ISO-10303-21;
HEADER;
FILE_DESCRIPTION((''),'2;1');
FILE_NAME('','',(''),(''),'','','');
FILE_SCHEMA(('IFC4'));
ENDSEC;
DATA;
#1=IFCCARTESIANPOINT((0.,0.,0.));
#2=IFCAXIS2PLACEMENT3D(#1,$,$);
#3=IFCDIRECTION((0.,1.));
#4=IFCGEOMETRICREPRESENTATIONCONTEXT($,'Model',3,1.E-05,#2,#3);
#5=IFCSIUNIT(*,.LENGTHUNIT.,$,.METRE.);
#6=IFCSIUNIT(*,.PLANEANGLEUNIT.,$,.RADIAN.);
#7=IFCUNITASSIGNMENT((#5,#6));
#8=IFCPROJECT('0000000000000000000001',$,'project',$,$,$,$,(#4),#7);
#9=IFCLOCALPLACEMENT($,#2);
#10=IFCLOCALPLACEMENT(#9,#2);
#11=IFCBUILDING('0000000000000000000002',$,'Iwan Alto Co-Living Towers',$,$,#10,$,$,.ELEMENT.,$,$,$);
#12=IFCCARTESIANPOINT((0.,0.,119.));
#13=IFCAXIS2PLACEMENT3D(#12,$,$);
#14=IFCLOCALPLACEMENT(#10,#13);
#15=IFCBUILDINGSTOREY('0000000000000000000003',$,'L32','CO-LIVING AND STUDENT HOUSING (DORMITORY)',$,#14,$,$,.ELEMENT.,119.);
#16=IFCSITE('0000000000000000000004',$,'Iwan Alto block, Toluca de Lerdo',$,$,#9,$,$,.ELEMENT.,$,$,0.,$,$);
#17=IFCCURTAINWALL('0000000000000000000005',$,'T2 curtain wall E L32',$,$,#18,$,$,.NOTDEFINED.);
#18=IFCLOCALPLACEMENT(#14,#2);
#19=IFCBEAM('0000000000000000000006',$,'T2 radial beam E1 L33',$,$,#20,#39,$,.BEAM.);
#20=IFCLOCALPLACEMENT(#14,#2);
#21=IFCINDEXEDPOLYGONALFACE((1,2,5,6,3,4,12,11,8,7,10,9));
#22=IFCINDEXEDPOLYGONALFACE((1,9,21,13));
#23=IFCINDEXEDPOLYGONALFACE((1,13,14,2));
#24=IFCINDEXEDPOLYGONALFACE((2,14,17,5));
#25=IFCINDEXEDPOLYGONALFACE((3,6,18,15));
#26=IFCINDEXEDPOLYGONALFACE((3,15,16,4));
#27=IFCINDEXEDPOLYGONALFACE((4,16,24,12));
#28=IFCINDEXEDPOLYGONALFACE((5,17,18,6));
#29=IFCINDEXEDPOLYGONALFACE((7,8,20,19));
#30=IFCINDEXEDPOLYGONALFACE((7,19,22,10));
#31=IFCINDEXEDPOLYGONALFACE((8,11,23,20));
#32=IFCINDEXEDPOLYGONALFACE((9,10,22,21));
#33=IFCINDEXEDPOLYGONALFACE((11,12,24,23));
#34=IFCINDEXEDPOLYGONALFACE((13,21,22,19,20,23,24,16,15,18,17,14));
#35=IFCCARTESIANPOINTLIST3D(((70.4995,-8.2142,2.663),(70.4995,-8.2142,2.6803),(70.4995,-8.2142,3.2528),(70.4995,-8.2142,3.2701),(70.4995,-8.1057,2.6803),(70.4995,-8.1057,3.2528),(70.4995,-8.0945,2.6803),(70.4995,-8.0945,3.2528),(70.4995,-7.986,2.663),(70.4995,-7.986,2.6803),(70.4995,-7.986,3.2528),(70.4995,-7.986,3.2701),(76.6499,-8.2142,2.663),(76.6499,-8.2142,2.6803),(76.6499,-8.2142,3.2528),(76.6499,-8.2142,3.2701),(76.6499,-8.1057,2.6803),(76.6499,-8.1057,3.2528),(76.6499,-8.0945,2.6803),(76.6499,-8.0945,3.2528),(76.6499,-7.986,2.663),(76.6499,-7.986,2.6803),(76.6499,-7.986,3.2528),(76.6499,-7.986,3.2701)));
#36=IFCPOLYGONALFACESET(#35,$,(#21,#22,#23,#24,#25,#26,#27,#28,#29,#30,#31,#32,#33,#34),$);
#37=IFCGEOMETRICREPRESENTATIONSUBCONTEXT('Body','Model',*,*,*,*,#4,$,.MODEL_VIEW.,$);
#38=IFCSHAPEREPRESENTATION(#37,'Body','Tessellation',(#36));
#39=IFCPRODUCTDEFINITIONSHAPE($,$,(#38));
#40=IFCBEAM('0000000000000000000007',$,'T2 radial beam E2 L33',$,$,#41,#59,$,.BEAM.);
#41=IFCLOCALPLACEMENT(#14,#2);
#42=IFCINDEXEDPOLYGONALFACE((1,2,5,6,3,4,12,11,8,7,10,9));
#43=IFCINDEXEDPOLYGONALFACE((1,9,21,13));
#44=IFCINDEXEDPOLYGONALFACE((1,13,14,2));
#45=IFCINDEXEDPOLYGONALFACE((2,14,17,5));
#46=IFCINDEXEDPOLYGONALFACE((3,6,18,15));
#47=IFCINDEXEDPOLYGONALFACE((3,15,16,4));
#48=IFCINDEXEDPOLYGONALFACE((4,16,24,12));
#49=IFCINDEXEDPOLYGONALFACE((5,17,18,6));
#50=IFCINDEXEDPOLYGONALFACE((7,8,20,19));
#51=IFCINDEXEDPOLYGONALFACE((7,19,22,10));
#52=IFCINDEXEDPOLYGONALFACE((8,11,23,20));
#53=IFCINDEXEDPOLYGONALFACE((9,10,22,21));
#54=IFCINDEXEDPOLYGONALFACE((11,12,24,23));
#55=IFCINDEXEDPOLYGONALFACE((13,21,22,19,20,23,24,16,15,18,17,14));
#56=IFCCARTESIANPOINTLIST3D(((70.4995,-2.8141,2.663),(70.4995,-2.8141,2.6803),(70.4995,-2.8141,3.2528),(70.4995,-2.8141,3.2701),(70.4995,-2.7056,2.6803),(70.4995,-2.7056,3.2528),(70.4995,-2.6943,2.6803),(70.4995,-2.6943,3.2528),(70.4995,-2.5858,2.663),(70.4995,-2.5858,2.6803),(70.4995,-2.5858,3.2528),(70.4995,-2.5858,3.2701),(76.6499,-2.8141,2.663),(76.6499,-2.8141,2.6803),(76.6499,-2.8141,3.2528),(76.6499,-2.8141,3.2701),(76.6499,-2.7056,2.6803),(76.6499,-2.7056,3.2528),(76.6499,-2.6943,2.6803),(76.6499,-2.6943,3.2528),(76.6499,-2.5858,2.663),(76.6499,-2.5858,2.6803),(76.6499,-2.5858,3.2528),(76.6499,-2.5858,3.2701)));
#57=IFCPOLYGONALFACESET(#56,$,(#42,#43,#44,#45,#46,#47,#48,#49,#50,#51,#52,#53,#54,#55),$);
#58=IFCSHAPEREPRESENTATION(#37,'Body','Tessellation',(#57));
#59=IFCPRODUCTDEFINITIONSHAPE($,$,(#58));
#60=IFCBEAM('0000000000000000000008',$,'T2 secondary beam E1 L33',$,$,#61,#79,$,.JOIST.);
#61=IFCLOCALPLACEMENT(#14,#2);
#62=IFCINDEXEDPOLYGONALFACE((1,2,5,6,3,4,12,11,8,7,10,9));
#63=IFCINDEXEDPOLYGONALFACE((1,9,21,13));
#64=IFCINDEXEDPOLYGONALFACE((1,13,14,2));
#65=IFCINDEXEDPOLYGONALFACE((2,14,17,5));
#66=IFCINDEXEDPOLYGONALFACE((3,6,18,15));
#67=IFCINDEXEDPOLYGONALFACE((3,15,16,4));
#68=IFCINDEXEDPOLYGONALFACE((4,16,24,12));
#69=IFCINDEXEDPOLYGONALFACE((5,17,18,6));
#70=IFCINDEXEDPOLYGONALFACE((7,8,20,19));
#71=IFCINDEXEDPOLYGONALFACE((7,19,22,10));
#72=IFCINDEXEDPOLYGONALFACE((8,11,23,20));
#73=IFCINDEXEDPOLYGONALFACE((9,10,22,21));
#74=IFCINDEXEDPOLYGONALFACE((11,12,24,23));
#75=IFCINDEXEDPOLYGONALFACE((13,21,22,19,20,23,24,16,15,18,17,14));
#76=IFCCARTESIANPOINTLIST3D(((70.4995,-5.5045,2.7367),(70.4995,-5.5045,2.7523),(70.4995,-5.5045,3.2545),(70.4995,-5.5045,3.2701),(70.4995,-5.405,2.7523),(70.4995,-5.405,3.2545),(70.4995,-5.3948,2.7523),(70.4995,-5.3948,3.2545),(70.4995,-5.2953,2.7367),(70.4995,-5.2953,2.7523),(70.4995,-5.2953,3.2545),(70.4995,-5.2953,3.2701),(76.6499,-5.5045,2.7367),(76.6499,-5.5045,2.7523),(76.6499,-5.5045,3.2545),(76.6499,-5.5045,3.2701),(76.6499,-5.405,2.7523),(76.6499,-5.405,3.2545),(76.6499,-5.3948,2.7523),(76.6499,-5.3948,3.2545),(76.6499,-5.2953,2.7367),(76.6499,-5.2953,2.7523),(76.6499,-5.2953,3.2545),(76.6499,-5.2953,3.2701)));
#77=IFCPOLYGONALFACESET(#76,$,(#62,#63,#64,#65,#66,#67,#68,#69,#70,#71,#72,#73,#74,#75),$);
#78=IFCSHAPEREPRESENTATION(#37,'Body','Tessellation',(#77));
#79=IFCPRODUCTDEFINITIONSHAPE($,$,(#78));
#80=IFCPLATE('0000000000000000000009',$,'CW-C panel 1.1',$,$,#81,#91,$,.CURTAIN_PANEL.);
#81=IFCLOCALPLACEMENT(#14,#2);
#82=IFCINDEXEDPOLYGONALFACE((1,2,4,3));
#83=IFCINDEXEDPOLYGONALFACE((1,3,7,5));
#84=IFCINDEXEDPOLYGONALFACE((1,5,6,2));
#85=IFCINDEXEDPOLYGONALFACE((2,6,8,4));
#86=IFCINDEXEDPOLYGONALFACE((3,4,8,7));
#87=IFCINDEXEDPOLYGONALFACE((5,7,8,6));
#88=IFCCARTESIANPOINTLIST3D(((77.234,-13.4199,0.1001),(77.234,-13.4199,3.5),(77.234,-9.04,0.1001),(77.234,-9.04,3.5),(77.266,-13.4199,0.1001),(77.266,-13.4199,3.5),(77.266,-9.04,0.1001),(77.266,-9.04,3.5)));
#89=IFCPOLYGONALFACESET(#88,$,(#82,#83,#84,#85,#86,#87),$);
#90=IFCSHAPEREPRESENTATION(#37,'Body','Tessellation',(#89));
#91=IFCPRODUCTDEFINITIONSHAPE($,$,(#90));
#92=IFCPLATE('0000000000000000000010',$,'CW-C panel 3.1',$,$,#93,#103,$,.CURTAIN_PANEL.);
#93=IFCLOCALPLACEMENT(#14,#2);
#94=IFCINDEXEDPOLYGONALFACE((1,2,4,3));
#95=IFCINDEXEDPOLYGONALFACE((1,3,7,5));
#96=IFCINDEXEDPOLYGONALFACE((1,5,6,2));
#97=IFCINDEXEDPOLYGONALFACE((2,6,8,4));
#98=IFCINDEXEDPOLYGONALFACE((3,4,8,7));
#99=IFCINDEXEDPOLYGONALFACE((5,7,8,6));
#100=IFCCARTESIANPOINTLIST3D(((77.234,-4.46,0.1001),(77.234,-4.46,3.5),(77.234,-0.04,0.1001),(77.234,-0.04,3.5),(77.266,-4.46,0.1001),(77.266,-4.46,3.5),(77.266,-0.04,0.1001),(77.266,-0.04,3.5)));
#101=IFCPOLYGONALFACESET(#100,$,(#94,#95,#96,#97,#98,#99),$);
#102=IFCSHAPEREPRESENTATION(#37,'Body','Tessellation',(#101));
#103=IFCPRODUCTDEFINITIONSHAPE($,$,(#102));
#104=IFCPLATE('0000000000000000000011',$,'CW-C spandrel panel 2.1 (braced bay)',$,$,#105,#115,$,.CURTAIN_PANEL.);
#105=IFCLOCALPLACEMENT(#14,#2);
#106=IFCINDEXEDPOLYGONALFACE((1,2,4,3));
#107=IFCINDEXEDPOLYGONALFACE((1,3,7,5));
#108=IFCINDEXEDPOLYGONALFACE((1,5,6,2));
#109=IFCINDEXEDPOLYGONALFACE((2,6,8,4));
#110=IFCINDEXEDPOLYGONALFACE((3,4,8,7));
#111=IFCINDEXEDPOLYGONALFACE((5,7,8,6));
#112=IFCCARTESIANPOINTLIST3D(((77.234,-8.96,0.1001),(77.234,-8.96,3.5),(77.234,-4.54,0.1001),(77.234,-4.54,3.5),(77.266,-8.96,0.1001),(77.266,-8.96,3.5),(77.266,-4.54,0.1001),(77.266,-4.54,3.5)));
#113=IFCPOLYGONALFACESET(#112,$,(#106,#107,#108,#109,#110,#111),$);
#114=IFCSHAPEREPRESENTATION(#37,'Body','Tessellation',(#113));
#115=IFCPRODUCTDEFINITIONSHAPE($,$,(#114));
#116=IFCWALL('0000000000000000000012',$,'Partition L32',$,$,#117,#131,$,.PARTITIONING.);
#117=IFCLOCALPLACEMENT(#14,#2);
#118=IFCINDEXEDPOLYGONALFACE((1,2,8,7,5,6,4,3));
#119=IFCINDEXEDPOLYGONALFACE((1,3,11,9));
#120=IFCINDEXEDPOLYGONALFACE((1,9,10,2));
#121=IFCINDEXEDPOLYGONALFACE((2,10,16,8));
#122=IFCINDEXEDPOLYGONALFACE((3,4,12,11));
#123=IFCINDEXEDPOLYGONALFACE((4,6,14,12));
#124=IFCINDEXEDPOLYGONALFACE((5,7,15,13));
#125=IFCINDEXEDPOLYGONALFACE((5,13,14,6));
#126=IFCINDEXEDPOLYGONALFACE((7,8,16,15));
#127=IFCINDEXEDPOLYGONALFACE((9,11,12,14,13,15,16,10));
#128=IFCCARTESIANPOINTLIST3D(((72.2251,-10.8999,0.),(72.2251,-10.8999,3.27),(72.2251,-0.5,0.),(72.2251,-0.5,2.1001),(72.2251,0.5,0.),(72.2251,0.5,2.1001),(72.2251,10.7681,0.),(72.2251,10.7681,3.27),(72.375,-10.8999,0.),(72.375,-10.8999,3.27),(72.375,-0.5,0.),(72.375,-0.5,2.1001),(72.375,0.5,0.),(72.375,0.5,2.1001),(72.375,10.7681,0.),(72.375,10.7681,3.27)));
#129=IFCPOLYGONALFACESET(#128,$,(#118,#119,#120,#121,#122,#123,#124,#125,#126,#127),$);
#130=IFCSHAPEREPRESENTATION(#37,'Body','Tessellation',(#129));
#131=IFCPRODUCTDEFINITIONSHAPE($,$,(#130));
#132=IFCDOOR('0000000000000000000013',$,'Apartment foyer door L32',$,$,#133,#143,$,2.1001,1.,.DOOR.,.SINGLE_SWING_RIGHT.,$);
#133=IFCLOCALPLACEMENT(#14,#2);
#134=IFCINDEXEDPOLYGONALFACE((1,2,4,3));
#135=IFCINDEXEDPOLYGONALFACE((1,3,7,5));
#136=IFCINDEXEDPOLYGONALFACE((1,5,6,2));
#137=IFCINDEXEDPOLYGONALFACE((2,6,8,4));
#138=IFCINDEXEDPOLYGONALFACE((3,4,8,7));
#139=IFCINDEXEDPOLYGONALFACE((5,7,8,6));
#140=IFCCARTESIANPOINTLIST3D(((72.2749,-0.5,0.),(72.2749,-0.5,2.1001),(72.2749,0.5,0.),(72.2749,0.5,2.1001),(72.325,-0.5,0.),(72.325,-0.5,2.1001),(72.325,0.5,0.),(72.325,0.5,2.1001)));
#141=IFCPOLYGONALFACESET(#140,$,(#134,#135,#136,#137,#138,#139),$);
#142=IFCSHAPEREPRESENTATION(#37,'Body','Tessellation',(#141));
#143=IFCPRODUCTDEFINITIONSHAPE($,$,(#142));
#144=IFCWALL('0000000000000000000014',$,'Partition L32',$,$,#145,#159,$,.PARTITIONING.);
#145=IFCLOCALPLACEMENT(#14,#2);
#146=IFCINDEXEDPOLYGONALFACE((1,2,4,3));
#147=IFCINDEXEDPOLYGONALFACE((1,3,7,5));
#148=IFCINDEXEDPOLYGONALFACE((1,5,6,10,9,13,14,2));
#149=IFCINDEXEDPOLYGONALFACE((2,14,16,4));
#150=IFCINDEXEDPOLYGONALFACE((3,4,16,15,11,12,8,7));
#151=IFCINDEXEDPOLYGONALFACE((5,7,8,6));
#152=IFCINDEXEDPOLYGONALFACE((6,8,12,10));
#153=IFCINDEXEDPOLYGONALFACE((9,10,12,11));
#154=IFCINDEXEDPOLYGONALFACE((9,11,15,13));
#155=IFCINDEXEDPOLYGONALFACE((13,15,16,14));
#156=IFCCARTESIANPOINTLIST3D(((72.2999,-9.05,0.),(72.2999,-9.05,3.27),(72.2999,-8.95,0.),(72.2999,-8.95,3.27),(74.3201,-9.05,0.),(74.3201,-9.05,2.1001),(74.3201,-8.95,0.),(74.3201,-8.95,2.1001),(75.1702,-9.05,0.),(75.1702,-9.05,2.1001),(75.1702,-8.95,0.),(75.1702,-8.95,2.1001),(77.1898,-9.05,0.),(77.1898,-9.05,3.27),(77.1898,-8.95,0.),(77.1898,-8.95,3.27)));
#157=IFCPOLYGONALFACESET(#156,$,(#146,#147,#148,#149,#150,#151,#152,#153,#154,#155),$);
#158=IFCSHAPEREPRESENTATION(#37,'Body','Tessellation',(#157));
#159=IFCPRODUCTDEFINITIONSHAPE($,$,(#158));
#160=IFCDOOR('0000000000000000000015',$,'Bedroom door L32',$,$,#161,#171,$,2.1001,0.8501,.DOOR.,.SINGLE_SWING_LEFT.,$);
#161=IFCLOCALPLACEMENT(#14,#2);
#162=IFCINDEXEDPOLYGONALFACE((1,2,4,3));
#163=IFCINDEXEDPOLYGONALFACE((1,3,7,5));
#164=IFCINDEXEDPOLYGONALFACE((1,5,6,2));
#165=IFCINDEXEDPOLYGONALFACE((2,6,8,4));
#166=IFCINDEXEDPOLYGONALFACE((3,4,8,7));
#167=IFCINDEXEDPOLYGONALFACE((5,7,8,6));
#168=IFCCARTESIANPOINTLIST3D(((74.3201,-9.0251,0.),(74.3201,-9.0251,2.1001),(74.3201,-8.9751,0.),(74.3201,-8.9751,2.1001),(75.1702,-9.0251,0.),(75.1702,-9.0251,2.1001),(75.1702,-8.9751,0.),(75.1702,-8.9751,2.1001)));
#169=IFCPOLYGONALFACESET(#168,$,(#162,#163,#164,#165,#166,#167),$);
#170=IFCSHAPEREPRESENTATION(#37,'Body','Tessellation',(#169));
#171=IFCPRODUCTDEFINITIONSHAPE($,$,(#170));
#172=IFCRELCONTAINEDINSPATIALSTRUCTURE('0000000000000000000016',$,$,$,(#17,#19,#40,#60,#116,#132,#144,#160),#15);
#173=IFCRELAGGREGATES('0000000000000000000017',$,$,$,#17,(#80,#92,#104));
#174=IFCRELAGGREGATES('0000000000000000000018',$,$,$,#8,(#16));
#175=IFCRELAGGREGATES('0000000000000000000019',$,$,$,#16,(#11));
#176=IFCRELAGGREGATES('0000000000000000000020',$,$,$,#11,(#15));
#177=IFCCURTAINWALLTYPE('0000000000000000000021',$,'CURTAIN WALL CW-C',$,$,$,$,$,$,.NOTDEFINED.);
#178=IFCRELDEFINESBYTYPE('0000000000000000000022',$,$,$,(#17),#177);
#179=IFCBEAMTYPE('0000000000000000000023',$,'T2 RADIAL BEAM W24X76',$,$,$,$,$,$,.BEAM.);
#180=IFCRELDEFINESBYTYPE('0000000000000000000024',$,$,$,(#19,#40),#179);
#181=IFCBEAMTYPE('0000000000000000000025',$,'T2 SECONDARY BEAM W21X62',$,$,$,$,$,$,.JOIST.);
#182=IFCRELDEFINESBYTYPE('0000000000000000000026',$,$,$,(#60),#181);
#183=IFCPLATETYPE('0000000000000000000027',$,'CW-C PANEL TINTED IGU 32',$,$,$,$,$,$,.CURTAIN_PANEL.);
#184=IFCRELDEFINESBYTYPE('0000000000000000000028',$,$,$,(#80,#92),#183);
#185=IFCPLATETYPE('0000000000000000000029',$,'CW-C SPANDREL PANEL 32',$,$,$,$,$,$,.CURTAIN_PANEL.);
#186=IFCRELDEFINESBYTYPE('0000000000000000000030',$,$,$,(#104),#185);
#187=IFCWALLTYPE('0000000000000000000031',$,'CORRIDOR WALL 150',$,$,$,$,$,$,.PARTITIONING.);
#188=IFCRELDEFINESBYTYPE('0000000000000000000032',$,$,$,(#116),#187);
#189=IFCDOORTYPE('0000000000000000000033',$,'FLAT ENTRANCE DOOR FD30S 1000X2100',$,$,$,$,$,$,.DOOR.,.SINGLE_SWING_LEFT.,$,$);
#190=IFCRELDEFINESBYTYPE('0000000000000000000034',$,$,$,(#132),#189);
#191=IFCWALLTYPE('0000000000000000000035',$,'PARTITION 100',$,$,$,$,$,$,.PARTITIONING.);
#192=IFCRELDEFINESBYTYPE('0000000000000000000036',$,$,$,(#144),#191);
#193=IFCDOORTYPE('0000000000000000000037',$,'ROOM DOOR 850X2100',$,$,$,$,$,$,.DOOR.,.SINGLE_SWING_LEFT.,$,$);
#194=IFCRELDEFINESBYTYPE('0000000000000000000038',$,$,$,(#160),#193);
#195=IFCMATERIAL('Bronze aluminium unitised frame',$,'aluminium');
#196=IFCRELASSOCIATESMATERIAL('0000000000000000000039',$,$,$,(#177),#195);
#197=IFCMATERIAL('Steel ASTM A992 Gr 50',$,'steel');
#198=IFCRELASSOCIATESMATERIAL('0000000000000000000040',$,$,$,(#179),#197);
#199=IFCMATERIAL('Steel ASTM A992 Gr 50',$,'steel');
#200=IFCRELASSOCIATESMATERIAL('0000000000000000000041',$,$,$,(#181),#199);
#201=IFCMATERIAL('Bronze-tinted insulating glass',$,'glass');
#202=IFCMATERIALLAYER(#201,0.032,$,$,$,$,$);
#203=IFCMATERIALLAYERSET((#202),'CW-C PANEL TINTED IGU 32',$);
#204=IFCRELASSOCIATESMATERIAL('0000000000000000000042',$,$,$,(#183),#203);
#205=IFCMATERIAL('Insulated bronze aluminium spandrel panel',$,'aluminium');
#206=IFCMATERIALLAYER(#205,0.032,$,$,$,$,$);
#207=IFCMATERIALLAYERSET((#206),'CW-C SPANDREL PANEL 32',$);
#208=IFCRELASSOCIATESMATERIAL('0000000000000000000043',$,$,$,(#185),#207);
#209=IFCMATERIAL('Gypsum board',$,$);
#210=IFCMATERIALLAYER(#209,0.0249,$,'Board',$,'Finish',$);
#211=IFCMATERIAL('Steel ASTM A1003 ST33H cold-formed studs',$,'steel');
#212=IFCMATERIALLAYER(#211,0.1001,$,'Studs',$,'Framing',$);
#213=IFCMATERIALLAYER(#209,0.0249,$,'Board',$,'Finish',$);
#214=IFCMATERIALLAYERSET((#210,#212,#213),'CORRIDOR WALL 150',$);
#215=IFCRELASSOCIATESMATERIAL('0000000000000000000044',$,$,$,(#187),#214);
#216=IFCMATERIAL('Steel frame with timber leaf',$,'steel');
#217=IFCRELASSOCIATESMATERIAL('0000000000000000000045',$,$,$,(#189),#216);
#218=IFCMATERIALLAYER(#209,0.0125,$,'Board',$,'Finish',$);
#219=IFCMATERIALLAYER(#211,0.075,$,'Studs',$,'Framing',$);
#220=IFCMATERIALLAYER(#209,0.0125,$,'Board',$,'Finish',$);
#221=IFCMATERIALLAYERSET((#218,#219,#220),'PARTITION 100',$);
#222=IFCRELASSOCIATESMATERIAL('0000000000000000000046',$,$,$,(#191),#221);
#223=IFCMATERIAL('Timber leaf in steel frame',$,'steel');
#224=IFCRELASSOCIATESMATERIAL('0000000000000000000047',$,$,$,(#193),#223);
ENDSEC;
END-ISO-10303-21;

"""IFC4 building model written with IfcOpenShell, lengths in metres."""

from ifc_helpers import new_model, si_unit, direction, frame, frame_2d, origin, origin_2d, place, context, subcontext, project, spatial, rectangle, i_section, extrude, material, layer, layer_set, material_profile, profile_set, type_object, element, fill, aggregate, save


model = new_model("IFC4")

# Units and contexts
model_context = context("Model", 3, precision=1e-05, world=origin(), true_north=direction((0.0, 1.0)))
body_context = subcontext(model_context, "Body", "Model", "MODEL_VIEW")
ifc_project = project(units=[si_unit("LENGTHUNIT", "METRE"), si_unit("PLANEANGLEUNIT", "RADIAN")], contexts=[model_context])

# Site, building, storey
site_placement = place(None, origin())
site = spatial("IfcSite", under=ifc_project, at=site_placement, Name="Iwan Alto block, Toluca de Lerdo", CompositionType="ELEMENT", RefElevation=0.0)
building_placement = place(site_placement, origin())
building = spatial("IfcBuilding", under=site, at=building_placement, Name="Iwan Alto Co-Living Towers", CompositionType="ELEMENT")
storey_placement = place(building_placement, frame((0.0, 0.0, 119.0)))
storey = spatial("IfcBuildingStorey", under=building, at=storey_placement, Name="L32", Description="CO-LIVING AND STUDENT HOUSING (DORMITORY)", CompositionType="ELEMENT", Elevation=119.0)

# Curtain wall
ifc_material_1 = material(Name="Bronze aluminium unitised frame", Category="aluminium")
curtain_wall_type = type_object("IfcCurtainWallType", Name="CURTAIN WALL CW-C", PredefinedType="NOTDEFINED", material=ifc_material_1)
curtain_wall_placement = place(storey_placement, origin())
curtain_wall = element("IfcCurtainWall", 1, at=curtain_wall_placement, inside=storey, type_object=curtain_wall_type, Name="T2 curtain wall E L32", PredefinedType="NOTDEFINED")

# Beams
ifc_material_2 = material(Name="Steel ASTM A992 Gr 50", Category="steel")
ifc_material_profile_1 = material_profile(ifc_material_2, i_section(OverallWidth=0.2283, OverallDepth=0.6072, WebThickness=0.0112, FlangeThickness=0.0173, at=origin_2d()), Name="W24X76")
ifc_profile_set_1 = profile_set([ifc_material_profile_1], Name="Steel ASTM A992 Gr 50")
beam_type_1 = type_object("IfcBeamType", Name="T2 RADIAL BEAM W24X76", PredefinedType="BEAM", material=ifc_profile_set_1)
for number, where, z_axis, x_axis, name in (
    (2, (76.6499, -8.1001, 2.9666), (-1.0, 0.0, 0.0), (0.0, -1.0, 0.0), "T2 radial beam E1 L33"),
    (3, (76.6499, -2.7, 2.9666), (-1.0, 0.0, 0.0), (0.0, -1.0, 0.0), "T2 radial beam E2 L33"),
):
    element("IfcBeam", number, at=place(storey_placement, frame(where, z_axis=z_axis, x_axis=x_axis)), inside=storey, type_object=beam_type_1, Name=name, PredefinedType="BEAM", context=body_context, shape_type="SweptSolid", body=[
        extrude(i_section(OverallWidth=0.2283, OverallDepth=0.6072, WebThickness=0.0112, FlangeThickness=0.0173, at=origin_2d()), origin(), (0.0, 0.0, 1.0), 6.1504),
    ])
ifc_material_3 = material(Name="Steel ASTM A992 Gr 50", Category="steel")
ifc_material_profile_2 = material_profile(ifc_material_3, i_section(OverallWidth=0.2092, OverallDepth=0.5334, WebThickness=0.0103, FlangeThickness=0.0156, at=origin_2d()), Name="W21X62")
ifc_profile_set_2 = profile_set([ifc_material_profile_2], Name="Steel ASTM A992 Gr 50")
beam_type_2 = type_object("IfcBeamType", Name="T2 SECONDARY BEAM W21X62", PredefinedType="JOIST", material=ifc_profile_set_2)
beam_1_placement = place(storey_placement, frame((76.6499, -5.3999, 3.0034), z_axis=(-1.0, 0.0, 0.0), x_axis=(0.0, -1.0, 0.0)))
element("IfcBeam", 4, at=beam_1_placement, inside=storey, type_object=beam_type_2, Name="T2 secondary beam E1 L33", PredefinedType="JOIST", context=body_context, shape_type="SweptSolid", body=[
    extrude(i_section(OverallWidth=0.2092, OverallDepth=0.5334, WebThickness=0.0103, FlangeThickness=0.0156, at=origin_2d()), origin(), (0.0, 0.0, 1.0), 6.1504),
])

# Plates
ifc_material_4 = material(Name="Bronze-tinted insulating glass", Category="glass")
ifc_layer_1 = layer(ifc_material_4, 0.032)
ifc_layer_set_1 = layer_set([ifc_layer_1], Name="CW-C PANEL TINTED IGU 32")
plate_type_1 = type_object("IfcPlateType", Name="CW-C PANEL TINTED IGU 32", PredefinedType="CURTAIN_PANEL", material=ifc_layer_set_1)
plate_1_placement = place(storey_placement, frame((77.25, -11.23, 0.1001), z_axis=(0.0, 0.0, 1.0), x_axis=(0.0, 1.0, 0.0)))
plate_1 = element("IfcPlate", 5, at=plate_1_placement, type_object=plate_type_1, Name="CW-C panel 1.1", PredefinedType="CURTAIN_PANEL", context=body_context, shape_type="SweptSolid", body=[
    extrude(rectangle(XDim=4.3799, YDim=0.032, at=origin_2d()), origin(), (0.0, 0.0, 1.0), 3.3999),
])
plate_2_placement = place(storey_placement, frame((77.25, -2.25, 0.1001), z_axis=(0.0, 0.0, 1.0), x_axis=(0.0, 1.0, 0.0)))
plate_2 = element("IfcPlate", 6, at=plate_2_placement, type_object=plate_type_1, Name="CW-C panel 3.1", PredefinedType="CURTAIN_PANEL", context=body_context, shape_type="SweptSolid", body=[
    extrude(rectangle(XDim=4.4199, YDim=0.032, at=origin_2d()), origin(), (0.0, 0.0, 1.0), 3.3999),
])
ifc_material_5 = material(Name="Insulated bronze aluminium spandrel panel", Category="aluminium")
ifc_layer_2 = layer(ifc_material_5, 0.032)
ifc_layer_set_2 = layer_set([ifc_layer_2], Name="CW-C SPANDREL PANEL 32")
plate_type_2 = type_object("IfcPlateType", Name="CW-C SPANDREL PANEL 32", PredefinedType="CURTAIN_PANEL", material=ifc_layer_set_2)
plate_3_placement = place(storey_placement, frame((77.25, -6.75, 0.1001), z_axis=(0.0, 0.0, 1.0), x_axis=(0.0, 1.0, 0.0)))
plate_3 = element("IfcPlate", 7, at=plate_3_placement, type_object=plate_type_2, Name="CW-C spandrel panel 2.1 (braced bay)", PredefinedType="CURTAIN_PANEL", context=body_context, shape_type="SweptSolid", body=[
    extrude(rectangle(XDim=4.4199, YDim=0.032, at=origin_2d()), origin(), (0.0, 0.0, 1.0), 3.3999),
])
aggregate(curtain_wall, [plate_1, plate_2, plate_3])

# Walls, openings, doors
ifc_material_6 = material(Name="Gypsum board")
ifc_layer_3 = layer(ifc_material_6, 0.0249, Name="Board", Category="Finish")
ifc_material_7 = material(Name="Steel ASTM A1003 ST33H cold-formed studs", Category="steel")
ifc_layer_4 = layer(ifc_material_7, 0.1001, Name="Studs", Category="Framing")
ifc_layer_5 = layer(ifc_material_6, 0.0249, Name="Board", Category="Finish")
ifc_layer_set_3 = layer_set([ifc_layer_3, ifc_layer_4, ifc_layer_5], Name="CORRIDOR WALL 150")
wall_type_1 = type_object("IfcWallType", Name="CORRIDOR WALL 150", PredefinedType="PARTITIONING", material=ifc_layer_set_3)
wall_1_placement = place(storey_placement, frame((72.3, -10.8999, 0.0), z_axis=(0.0, 0.0, 1.0), x_axis=(0.0, 1.0, 0.0)))
wall_1 = element("IfcWall", 8, at=wall_1_placement, inside=storey, type_object=wall_type_1, Name="Partition L32", PredefinedType="PARTITIONING", context=body_context, shape_type="SweptSolid", body=[
    extrude(rectangle(XDim=21.668, YDim=0.1499, at=frame_2d((10.834, 0.0))), origin(), (0.0, 0.0, 1.0), 3.27),
])
opening_1_placement = place(wall_1_placement, frame((10.3999, 0.0, 0.0)))
opening_1 = element("IfcOpeningElement", 9, at=opening_1_placement, cuts=wall_1, PredefinedType="OPENING", context=body_context, shape_type="SweptSolid", body=[
    extrude(rectangle(XDim=1.0, YDim=2.1001, at=frame_2d((0.5, 1.05))), frame((0.0, 0.085, 0.0), z_axis=(0.0, -1.0, 0.0), x_axis=(1.0, 0.0, 0.0)), (0.0, 0.0, 1.0), 0.1699),
])
ifc_material_8 = material(Name="Steel frame with timber leaf", Category="steel")
door_type_1 = type_object("IfcDoorType", Name="FLAT ENTRANCE DOOR FD30S 1000X2100", OperationType="SINGLE_SWING_LEFT", PredefinedType="DOOR", material=ifc_material_8)
door_1_placement = place(opening_1_placement, frame((1.0, 0.0, 0.0), z_axis=(0.0, 0.0, 1.0), x_axis=(-1.0, 0.0, 0.0)))
door_1 = element("IfcDoor", 10, at=door_1_placement, inside=storey, type_object=door_type_1, Name="Apartment foyer door L32", OperationType="SINGLE_SWING_RIGHT", OverallHeight=2.1001, OverallWidth=1.0, PredefinedType="DOOR", context=body_context, shape_type="SweptSolid", body=[
    extrude(rectangle(XDim=1.0, YDim=2.1001, at=frame_2d((0.5, 1.05))), frame((0.0, 0.0249, 0.0), z_axis=(0.0, -1.0, 0.0), x_axis=(1.0, 0.0, 0.0)), (0.0, 0.0, 1.0), 0.05),
])
fill(opening_1, door_1)
ifc_layer_6 = layer(ifc_material_6, 0.0125, Name="Board", Category="Finish")
ifc_layer_7 = layer(ifc_material_7, 0.075, Name="Studs", Category="Framing")
ifc_layer_8 = layer(ifc_material_6, 0.0125, Name="Board", Category="Finish")
ifc_layer_set_4 = layer_set([ifc_layer_6, ifc_layer_7, ifc_layer_8], Name="PARTITION 100")
wall_type_2 = type_object("IfcWallType", Name="PARTITION 100", PredefinedType="PARTITIONING", material=ifc_layer_set_4)
wall_2_placement = place(storey_placement, frame((72.3, -9.0, 0.0), z_axis=(0.0, 0.0, 1.0), x_axis=(1.0, 0.0, 0.0)))
wall_2 = element("IfcWall", 11, at=wall_2_placement, inside=storey, type_object=wall_type_2, Name="Partition L32", PredefinedType="PARTITIONING", context=body_context, shape_type="SweptSolid", body=[
    extrude(rectangle(XDim=4.8899, YDim=0.1001, at=frame_2d((2.4448, 0.0))), origin(), (0.0, 0.0, 1.0), 3.27),
])
opening_2_placement = place(wall_2_placement, frame((2.02, 0.0, 0.0)))
opening_2 = element("IfcOpeningElement", 12, at=opening_2_placement, cuts=wall_2, PredefinedType="OPENING", context=body_context, shape_type="SweptSolid", body=[
    extrude(rectangle(XDim=0.8501, YDim=2.1001, at=frame_2d((0.425, 1.05))), frame((0.0, 0.0601, 0.0), z_axis=(0.0, -1.0, 0.0), x_axis=(1.0, 0.0, 0.0)), (0.0, 0.0, 1.0), 0.1201),
])
ifc_material_9 = material(Name="Timber leaf in steel frame", Category="steel")
door_type_2 = type_object("IfcDoorType", Name="ROOM DOOR 850X2100", OperationType="SINGLE_SWING_LEFT", PredefinedType="DOOR", material=ifc_material_9)
door_2_placement = place(opening_2_placement, origin())
door_2 = element("IfcDoor", 13, at=door_2_placement, inside=storey, type_object=door_type_2, Name="Bedroom door L32", OperationType="SINGLE_SWING_LEFT", OverallHeight=2.1001, OverallWidth=0.8501, PredefinedType="DOOR", context=body_context, shape_type="SweptSolid", body=[
    extrude(rectangle(XDim=0.8501, YDim=2.1001, at=frame_2d((0.425, 1.05))), frame((0.0, 0.0249, 0.0), z_axis=(0.0, -1.0, 0.0), x_axis=(1.0, 0.0, 0.0)), (0.0, 0.0, 1.0), 0.05),
])
fill(opening_2, door_2)

save(model, "model.ifc")
